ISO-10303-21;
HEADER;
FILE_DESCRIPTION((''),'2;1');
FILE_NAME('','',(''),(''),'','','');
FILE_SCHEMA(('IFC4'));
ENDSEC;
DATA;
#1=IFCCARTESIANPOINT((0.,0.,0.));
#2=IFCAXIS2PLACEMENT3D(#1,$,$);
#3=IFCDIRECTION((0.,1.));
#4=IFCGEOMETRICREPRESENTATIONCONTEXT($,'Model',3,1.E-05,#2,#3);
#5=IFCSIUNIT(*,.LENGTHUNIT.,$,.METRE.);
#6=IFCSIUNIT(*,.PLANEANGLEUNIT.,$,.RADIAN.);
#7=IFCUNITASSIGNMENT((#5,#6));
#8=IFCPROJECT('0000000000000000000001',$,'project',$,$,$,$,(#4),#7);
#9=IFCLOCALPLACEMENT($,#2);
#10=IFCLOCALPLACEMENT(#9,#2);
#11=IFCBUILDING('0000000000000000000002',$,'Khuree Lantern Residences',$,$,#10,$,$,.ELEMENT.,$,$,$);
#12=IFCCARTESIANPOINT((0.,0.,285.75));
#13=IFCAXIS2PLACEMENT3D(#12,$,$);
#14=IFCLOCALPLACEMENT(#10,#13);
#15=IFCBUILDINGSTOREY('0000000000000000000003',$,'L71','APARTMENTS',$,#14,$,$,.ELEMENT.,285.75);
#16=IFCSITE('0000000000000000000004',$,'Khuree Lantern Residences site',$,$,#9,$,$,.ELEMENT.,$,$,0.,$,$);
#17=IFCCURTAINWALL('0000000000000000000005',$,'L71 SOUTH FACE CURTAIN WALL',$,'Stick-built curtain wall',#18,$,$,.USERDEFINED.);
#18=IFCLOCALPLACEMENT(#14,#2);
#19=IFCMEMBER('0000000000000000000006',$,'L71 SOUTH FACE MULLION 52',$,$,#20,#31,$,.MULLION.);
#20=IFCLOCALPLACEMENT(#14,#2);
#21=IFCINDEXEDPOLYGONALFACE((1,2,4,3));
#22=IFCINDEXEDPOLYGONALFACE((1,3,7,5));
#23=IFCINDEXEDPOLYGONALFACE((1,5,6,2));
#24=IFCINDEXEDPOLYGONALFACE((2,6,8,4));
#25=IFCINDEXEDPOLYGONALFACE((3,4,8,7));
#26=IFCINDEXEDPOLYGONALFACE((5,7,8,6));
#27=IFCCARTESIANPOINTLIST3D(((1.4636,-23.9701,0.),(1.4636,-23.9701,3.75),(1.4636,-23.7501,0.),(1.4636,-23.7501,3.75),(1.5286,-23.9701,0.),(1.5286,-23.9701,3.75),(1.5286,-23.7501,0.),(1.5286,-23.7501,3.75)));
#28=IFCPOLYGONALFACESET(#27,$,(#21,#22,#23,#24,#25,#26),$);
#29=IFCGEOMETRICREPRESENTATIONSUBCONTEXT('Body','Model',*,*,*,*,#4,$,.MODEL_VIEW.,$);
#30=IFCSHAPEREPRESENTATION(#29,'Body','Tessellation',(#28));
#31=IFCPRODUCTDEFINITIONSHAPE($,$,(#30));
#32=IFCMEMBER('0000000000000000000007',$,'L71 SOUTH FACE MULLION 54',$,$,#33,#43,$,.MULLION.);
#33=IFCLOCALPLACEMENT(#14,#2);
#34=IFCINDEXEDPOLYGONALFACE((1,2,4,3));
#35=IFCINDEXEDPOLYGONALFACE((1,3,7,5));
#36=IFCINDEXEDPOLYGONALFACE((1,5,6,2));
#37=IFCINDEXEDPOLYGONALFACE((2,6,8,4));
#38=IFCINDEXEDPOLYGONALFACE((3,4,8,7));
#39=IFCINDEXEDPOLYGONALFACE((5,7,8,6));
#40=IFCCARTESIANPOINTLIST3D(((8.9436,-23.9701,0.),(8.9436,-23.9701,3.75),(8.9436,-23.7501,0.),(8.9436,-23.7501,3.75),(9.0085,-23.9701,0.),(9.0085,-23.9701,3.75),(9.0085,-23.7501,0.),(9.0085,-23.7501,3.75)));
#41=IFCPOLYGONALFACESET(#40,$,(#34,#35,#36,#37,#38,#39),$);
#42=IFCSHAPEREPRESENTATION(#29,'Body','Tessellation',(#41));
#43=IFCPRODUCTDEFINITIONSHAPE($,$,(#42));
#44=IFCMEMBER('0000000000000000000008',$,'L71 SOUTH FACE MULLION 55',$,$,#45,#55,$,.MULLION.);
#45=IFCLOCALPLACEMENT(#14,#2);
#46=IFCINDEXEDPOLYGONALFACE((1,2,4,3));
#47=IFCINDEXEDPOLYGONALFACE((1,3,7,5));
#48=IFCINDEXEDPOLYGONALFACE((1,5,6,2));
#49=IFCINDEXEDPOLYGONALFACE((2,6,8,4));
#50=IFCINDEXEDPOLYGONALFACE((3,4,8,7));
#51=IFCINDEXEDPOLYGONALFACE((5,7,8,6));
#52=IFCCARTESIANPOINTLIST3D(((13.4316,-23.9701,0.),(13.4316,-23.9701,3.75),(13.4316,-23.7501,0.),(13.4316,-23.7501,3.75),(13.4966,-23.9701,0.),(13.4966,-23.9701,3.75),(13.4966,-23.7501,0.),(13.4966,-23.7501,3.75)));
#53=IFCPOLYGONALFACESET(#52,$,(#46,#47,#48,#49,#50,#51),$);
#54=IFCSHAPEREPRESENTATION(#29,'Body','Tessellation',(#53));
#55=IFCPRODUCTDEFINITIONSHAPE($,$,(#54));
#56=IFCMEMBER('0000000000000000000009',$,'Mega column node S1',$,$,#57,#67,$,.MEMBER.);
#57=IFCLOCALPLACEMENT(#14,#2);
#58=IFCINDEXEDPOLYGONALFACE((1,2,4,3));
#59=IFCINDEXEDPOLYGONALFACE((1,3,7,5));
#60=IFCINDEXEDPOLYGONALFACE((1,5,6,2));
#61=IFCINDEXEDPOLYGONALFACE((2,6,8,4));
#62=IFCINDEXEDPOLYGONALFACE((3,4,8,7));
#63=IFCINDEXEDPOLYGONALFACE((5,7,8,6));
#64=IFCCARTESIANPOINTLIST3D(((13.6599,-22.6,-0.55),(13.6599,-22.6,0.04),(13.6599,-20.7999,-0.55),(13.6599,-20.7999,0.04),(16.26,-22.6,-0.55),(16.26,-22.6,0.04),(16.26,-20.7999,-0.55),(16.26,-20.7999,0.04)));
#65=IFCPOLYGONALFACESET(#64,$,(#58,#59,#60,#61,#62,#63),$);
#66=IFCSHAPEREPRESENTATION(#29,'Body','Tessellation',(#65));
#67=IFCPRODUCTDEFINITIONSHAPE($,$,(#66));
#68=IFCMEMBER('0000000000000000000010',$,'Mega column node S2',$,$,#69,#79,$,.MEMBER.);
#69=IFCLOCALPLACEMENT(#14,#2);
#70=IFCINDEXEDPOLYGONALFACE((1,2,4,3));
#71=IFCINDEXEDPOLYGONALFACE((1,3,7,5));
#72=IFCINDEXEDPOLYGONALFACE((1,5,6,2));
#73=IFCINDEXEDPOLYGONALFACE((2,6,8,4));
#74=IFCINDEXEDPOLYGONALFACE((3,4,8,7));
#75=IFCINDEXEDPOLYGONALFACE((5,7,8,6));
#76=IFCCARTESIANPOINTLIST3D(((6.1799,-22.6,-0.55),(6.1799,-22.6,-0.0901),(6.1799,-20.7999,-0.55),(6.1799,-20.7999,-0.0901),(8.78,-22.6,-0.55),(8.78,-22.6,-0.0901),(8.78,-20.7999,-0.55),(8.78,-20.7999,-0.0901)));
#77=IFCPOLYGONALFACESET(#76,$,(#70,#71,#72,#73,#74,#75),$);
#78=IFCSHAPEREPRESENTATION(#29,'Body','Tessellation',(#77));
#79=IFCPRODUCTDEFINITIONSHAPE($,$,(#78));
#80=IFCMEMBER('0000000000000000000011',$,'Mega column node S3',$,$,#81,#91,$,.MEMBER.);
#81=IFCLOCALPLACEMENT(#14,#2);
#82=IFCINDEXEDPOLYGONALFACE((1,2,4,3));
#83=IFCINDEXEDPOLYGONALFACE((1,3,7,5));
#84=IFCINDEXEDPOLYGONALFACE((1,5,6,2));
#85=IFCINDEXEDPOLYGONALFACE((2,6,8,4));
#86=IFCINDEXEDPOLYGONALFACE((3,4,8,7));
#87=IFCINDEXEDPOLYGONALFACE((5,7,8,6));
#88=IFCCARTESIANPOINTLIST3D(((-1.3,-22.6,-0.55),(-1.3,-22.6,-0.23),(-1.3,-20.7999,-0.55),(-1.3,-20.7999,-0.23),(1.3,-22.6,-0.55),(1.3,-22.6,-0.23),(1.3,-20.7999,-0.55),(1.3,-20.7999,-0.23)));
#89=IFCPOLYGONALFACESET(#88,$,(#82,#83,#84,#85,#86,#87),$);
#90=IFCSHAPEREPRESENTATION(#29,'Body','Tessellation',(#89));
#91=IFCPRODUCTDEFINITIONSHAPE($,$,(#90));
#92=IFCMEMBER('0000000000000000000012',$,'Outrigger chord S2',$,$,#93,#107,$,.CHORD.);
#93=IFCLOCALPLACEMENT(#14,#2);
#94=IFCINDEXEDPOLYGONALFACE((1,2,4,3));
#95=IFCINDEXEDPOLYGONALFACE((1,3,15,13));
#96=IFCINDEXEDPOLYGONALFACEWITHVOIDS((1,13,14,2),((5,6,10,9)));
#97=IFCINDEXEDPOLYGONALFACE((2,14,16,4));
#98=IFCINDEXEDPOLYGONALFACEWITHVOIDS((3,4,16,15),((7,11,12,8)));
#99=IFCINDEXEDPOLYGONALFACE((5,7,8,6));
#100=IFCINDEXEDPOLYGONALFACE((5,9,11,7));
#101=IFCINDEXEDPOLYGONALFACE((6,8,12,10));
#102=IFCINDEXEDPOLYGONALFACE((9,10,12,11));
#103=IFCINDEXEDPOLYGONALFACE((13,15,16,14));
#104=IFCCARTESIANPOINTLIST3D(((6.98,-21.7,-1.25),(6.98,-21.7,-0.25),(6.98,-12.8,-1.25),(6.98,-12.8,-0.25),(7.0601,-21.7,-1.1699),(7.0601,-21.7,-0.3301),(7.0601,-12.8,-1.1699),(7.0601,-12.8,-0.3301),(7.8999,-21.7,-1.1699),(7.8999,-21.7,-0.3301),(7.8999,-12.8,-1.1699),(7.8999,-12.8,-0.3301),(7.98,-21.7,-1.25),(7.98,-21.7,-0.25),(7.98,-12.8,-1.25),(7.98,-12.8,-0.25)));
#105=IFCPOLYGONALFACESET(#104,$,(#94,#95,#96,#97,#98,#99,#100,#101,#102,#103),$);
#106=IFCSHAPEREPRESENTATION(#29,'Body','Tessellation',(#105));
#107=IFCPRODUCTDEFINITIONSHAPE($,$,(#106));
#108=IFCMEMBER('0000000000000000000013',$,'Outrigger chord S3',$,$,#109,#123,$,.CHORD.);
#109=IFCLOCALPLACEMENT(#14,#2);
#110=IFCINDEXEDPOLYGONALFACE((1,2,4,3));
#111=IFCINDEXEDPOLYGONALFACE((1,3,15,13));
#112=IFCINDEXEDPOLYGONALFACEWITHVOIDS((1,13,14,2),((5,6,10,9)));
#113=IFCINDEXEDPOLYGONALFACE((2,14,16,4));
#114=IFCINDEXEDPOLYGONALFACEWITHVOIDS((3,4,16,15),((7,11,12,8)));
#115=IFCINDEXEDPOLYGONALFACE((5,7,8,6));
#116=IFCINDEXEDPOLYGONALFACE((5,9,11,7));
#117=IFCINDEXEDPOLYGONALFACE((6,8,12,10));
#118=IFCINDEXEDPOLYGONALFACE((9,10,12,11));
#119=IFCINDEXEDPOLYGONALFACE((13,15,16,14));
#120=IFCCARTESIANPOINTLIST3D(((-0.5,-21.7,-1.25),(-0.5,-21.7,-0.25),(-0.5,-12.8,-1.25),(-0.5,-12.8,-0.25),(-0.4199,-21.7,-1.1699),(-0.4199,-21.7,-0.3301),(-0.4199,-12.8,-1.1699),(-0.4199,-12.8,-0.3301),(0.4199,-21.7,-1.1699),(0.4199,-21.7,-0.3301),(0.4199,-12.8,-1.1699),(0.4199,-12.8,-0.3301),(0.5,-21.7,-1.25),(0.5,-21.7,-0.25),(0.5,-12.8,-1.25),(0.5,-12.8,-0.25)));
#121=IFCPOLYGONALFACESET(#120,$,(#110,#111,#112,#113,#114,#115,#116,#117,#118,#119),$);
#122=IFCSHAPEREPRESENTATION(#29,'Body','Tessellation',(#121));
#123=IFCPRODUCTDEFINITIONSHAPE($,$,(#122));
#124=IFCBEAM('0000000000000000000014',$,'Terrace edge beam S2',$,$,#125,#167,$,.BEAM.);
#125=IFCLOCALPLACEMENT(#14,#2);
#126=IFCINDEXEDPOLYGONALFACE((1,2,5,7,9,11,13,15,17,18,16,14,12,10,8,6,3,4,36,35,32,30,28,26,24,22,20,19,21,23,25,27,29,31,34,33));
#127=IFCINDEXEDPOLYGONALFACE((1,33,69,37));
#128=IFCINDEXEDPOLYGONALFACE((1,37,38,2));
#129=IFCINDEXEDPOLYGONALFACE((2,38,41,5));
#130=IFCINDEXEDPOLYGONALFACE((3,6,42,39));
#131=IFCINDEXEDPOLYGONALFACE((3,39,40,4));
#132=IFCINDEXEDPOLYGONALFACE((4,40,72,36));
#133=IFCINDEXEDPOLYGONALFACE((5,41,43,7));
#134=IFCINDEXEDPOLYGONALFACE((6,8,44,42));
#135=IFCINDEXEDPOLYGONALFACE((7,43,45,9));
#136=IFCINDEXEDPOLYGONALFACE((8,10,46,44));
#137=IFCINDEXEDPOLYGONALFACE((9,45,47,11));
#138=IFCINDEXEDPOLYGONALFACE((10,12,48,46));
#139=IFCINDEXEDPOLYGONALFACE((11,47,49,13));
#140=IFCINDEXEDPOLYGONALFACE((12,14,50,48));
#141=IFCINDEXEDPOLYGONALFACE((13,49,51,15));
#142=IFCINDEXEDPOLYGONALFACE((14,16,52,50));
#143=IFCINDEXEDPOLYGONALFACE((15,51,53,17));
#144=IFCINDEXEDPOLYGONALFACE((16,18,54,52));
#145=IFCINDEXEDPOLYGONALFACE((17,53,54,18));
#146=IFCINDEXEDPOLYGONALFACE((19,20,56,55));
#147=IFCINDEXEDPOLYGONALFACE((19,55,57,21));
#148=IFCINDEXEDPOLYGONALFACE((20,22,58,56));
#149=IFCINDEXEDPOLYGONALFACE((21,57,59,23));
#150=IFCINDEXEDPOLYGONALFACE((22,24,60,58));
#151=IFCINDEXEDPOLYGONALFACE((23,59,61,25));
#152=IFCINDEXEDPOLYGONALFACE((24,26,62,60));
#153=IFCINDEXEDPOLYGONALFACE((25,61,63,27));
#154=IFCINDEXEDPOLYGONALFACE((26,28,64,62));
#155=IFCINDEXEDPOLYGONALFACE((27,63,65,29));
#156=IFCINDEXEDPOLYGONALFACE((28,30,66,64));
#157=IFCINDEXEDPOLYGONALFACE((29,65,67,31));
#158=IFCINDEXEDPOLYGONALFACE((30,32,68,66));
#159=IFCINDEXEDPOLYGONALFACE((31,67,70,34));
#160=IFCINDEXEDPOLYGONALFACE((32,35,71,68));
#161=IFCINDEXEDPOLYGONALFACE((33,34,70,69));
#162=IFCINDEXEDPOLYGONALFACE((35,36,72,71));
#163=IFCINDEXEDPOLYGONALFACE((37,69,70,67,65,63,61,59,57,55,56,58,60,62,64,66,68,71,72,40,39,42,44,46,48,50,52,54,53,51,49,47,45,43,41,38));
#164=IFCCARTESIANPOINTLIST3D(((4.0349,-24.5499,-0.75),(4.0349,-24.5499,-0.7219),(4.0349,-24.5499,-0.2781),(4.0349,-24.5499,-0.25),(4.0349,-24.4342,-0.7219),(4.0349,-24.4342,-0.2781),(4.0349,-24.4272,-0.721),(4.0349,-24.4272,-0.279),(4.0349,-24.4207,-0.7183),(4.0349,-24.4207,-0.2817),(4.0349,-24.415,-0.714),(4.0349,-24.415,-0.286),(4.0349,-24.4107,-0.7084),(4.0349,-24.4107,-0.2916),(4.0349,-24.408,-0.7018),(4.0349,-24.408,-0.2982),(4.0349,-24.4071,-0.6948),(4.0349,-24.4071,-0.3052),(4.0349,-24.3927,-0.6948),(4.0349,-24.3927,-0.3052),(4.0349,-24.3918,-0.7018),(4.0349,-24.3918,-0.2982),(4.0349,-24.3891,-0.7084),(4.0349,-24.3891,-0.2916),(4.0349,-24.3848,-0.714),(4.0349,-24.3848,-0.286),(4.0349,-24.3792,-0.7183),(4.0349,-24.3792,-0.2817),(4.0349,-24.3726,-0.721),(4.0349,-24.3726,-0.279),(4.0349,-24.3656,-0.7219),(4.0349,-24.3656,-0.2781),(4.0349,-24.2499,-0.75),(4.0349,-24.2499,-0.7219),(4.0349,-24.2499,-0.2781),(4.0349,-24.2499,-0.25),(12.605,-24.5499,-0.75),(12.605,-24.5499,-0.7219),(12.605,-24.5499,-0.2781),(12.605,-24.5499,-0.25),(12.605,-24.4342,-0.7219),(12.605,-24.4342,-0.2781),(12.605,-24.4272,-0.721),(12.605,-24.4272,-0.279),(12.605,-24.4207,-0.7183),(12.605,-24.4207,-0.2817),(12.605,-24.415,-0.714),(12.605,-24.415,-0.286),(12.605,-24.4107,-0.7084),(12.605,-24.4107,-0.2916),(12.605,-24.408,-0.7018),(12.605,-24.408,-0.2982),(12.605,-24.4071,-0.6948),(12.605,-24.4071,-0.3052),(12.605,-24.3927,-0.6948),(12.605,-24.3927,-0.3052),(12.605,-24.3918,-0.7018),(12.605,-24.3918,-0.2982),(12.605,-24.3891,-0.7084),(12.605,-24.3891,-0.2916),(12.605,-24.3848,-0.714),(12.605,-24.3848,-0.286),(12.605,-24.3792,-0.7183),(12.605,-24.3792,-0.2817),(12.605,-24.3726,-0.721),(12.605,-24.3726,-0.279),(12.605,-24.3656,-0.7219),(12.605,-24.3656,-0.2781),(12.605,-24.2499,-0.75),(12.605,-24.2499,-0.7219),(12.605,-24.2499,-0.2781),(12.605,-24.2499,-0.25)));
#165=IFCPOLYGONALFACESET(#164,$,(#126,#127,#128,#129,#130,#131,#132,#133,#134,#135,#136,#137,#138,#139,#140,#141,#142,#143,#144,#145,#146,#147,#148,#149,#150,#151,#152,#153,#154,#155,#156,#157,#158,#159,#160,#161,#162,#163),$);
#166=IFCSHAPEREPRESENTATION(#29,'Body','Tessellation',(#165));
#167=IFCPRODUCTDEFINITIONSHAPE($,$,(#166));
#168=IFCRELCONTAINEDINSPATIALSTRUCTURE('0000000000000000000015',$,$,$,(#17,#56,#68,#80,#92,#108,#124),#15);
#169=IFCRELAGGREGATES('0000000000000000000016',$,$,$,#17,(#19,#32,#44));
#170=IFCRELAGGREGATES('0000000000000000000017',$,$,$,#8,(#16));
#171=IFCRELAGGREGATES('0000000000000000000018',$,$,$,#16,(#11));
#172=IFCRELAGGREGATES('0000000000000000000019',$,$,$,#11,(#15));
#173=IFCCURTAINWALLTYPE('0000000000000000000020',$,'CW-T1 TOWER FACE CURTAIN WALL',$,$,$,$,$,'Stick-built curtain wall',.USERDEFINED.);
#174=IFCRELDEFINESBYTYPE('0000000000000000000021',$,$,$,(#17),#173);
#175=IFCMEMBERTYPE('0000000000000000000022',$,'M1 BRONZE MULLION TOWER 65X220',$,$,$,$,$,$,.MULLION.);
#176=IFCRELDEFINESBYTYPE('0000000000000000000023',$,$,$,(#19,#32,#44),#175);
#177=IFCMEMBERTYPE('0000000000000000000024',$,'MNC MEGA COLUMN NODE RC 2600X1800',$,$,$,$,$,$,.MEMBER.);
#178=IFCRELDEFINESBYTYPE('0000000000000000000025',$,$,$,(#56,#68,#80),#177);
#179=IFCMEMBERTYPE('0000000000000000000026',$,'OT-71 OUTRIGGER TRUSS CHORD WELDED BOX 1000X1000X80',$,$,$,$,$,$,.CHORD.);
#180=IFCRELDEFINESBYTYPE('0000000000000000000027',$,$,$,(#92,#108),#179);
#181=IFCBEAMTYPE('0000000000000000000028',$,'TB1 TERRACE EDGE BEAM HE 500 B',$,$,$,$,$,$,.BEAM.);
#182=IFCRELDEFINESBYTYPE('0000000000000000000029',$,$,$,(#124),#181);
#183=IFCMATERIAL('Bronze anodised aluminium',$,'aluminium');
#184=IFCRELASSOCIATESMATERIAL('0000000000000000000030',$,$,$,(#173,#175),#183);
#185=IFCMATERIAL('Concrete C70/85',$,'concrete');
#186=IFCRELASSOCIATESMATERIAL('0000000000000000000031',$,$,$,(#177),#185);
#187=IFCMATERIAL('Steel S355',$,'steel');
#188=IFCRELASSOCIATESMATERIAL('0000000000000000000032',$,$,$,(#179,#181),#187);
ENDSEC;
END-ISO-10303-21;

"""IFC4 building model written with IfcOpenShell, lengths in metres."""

from ifc_helpers import new_model, si_unit, direction, frame, origin, origin_2d, place, context, subcontext, project, spatial, rectangle, hollow_rectangle, i_section, extrude, material, material_profile, profile_set, type_object, element, aggregate, save


model = new_model("IFC4")

# Units and contexts
model_context = context("Model", 3, precision=1e-05, world=origin(), true_north=direction((0.0, 1.0)))
body_context = subcontext(model_context, "Body", "Model", "MODEL_VIEW")
ifc_project = project(units=[si_unit("LENGTHUNIT", "METRE"), si_unit("PLANEANGLEUNIT", "RADIAN")], contexts=[model_context])

# Site, building, storey
site_placement = place(None, origin())
site = spatial("IfcSite", under=ifc_project, at=site_placement, Name="Khuree Lantern Residences site", CompositionType="ELEMENT", RefElevation=0.0)
building_placement = place(site_placement, origin())
building = spatial("IfcBuilding", under=site, at=building_placement, Name="Khuree Lantern Residences", CompositionType="ELEMENT")
storey_placement = place(building_placement, frame((0.0, 0.0, 285.75)))
storey = spatial("IfcBuildingStorey", under=building, at=storey_placement, Name="L71", Description="APARTMENTS", CompositionType="ELEMENT", Elevation=285.75)

# Shared definitions
ifc_material_1 = material(Name="Concrete C70/85", Category="concrete")

# Shared definitions
ifc_material_2 = material(Name="Steel S355", Category="steel")

# Curtain wall, members
ifc_material_3 = material(Name="Bronze anodised aluminium", Category="aluminium")
curtain_wall_type = type_object("IfcCurtainWallType", Name="CW-T1 TOWER FACE CURTAIN WALL", ElementType="Stick-built curtain wall", PredefinedType="USERDEFINED", material=ifc_material_3)
curtain_wall_placement = place(storey_placement, origin())
curtain_wall = element("IfcCurtainWall", 1, at=curtain_wall_placement, inside=storey, type_object=curtain_wall_type, Name="L71 SOUTH FACE CURTAIN WALL", ObjectType="Stick-built curtain wall", PredefinedType="USERDEFINED")
ifc_material_profile_1 = material_profile(ifc_material_3, rectangle(XDim=0.0649, YDim=0.22, at=origin_2d()), Name="M1 65X220")
ifc_profile_set_1 = profile_set([ifc_material_profile_1], Name="Bronze anodised aluminium")
member_type_1 = type_object("IfcMemberType", Name="M1 BRONZE MULLION TOWER 65X220", PredefinedType="MULLION", material=ifc_profile_set_1)
member_1_placement = place(storey_placement, frame((1.4961, -23.8601, 0.0), z_axis=(0.0, 0.0, 1.0), x_axis=(1.0, 0.0, 0.0)))
member_1 = element("IfcMember", 2, at=member_1_placement, type_object=member_type_1, Name="L71 SOUTH FACE MULLION 52", PredefinedType="MULLION", context=body_context, shape_type="SweptSolid", body=[
    extrude(rectangle(XDim=0.0649, YDim=0.22, at=origin_2d()), origin(), (0.0, 0.0, 1.0), 3.75),
])
member_2_placement = place(storey_placement, frame((8.9761, -23.8601, 0.0), z_axis=(0.0, 0.0, 1.0), x_axis=(1.0, 0.0, 0.0)))
member_2 = element("IfcMember", 3, at=member_2_placement, type_object=member_type_1, Name="L71 SOUTH FACE MULLION 54", PredefinedType="MULLION", context=body_context, shape_type="SweptSolid", body=[
    extrude(rectangle(XDim=0.0649, YDim=0.22, at=origin_2d()), origin(), (0.0, 0.0, 1.0), 3.75),
])
member_3_placement = place(storey_placement, frame((13.4641, -23.8601, 0.0), z_axis=(0.0, 0.0, 1.0), x_axis=(1.0, 0.0, 0.0)))
member_3 = element("IfcMember", 4, at=member_3_placement, type_object=member_type_1, Name="L71 SOUTH FACE MULLION 55", PredefinedType="MULLION", context=body_context, shape_type="SweptSolid", body=[
    extrude(rectangle(XDim=0.0649, YDim=0.22, at=origin_2d()), origin(), (0.0, 0.0, 1.0), 3.75),
])

# Members
ifc_material_profile_2 = material_profile(ifc_material_1, rectangle(XDim=2.6001, YDim=1.8, at=origin_2d()), Name="RC 2600X1800")
ifc_profile_set_2 = profile_set([ifc_material_profile_2], Name="Concrete C70/85")
member_type_2 = type_object("IfcMemberType", Name="MNC MEGA COLUMN NODE RC 2600X1800", PredefinedType="MEMBER", material=ifc_profile_set_2)
member_4_placement = place(storey_placement, frame((14.96, -21.7, -0.55), z_axis=(0.0, 0.0, 1.0), x_axis=(1.0, 0.0, 0.0)))
element("IfcMember", 5, at=member_4_placement, inside=storey, type_object=member_type_2, Name="Mega column node S1", PredefinedType="MEMBER", context=body_context, shape_type="SweptSolid", body=[
    extrude(rectangle(XDim=2.6001, YDim=1.8, at=origin_2d()), origin(), (0.0, 0.0, 1.0), 0.5901),
])
member_5_placement = place(storey_placement, frame((7.48, -21.7, -0.55), z_axis=(0.0, 0.0, 1.0), x_axis=(1.0, 0.0, 0.0)))
element("IfcMember", 6, at=member_5_placement, inside=storey, type_object=member_type_2, Name="Mega column node S2", PredefinedType="MEMBER", context=body_context, shape_type="SweptSolid", body=[
    extrude(rectangle(XDim=2.6001, YDim=1.8, at=origin_2d()), origin(), (0.0, 0.0, 1.0), 0.46),
])
member_6_placement = place(storey_placement, frame((0.0, -21.7, -0.55), z_axis=(0.0, 0.0, 1.0), x_axis=(1.0, 0.0, 0.0)))
element("IfcMember", 7, at=member_6_placement, inside=storey, type_object=member_type_2, Name="Mega column node S3", PredefinedType="MEMBER", context=body_context, shape_type="SweptSolid", body=[
    extrude(rectangle(XDim=2.6001, YDim=1.8, at=origin_2d()), origin(), (0.0, 0.0, 1.0), 0.3201),
])
ifc_material_profile_3 = material_profile(ifc_material_2, hollow_rectangle(XDim=1.0, YDim=1.0, WallThickness=0.0801, at=origin_2d()), Name="WELDED BOX 1000X1000X80")
ifc_profile_set_3 = profile_set([ifc_material_profile_3], Name="Steel S355")
member_type_3 = type_object("IfcMemberType", Name="OT-71 OUTRIGGER TRUSS CHORD WELDED BOX 1000X1000X80", PredefinedType="CHORD", material=ifc_profile_set_3)
for number, where, z_axis, x_axis, name in (
    (8, (7.48, -21.7, -0.75), (0.0, 1.0, 0.0), (-1.0, 0.0, 0.0), "Outrigger chord S2"),
    (9, (0.0, -21.7, -0.75), (0.0, 1.0, 0.0), (-1.0, 0.0, 0.0), "Outrigger chord S3"),
):
    element("IfcMember", number, at=place(storey_placement, frame(where, z_axis=z_axis, x_axis=x_axis)), inside=storey, type_object=member_type_3, Name=name, PredefinedType="CHORD", context=body_context, shape_type="SweptSolid", body=[
        extrude(hollow_rectangle(XDim=1.0, YDim=1.0, WallThickness=0.0801, at=origin_2d()), origin(), (0.0, 0.0, 1.0), 8.8999),
    ])

# Beam
ifc_material_profile_4 = material_profile(ifc_material_2, i_section(OverallWidth=0.3, OverallDepth=0.5, WebThickness=0.0144, FlangeThickness=0.0281, FilletRadius=0.0271, at=origin_2d()), Name="HE 500 B")
ifc_profile_set_4 = profile_set([ifc_material_profile_4], Name="Steel S355")
beam_type_1 = type_object("IfcBeamType", Name="TB1 TERRACE EDGE BEAM HE 500 B", PredefinedType="BEAM", material=ifc_profile_set_4)
beam_1_placement = place(storey_placement, frame((12.605, -24.3999, -0.5), z_axis=(-1.0, 0.0, 0.0), x_axis=(0.0, -1.0, 0.0)))
element("IfcBeam", 10, at=beam_1_placement, inside=storey, type_object=beam_type_1, Name="Terrace edge beam S2", PredefinedType="BEAM", context=body_context, shape_type="SweptSolid", body=[
    extrude(i_section(OverallWidth=0.3, OverallDepth=0.5, WebThickness=0.0144, FlangeThickness=0.0281, FilletRadius=0.0271, at=origin_2d()), origin(), (0.0, 0.0, 1.0), 8.5701),
])

aggregate(curtain_wall, [member_1, member_2, member_3])

save(model, "model.ifc")
